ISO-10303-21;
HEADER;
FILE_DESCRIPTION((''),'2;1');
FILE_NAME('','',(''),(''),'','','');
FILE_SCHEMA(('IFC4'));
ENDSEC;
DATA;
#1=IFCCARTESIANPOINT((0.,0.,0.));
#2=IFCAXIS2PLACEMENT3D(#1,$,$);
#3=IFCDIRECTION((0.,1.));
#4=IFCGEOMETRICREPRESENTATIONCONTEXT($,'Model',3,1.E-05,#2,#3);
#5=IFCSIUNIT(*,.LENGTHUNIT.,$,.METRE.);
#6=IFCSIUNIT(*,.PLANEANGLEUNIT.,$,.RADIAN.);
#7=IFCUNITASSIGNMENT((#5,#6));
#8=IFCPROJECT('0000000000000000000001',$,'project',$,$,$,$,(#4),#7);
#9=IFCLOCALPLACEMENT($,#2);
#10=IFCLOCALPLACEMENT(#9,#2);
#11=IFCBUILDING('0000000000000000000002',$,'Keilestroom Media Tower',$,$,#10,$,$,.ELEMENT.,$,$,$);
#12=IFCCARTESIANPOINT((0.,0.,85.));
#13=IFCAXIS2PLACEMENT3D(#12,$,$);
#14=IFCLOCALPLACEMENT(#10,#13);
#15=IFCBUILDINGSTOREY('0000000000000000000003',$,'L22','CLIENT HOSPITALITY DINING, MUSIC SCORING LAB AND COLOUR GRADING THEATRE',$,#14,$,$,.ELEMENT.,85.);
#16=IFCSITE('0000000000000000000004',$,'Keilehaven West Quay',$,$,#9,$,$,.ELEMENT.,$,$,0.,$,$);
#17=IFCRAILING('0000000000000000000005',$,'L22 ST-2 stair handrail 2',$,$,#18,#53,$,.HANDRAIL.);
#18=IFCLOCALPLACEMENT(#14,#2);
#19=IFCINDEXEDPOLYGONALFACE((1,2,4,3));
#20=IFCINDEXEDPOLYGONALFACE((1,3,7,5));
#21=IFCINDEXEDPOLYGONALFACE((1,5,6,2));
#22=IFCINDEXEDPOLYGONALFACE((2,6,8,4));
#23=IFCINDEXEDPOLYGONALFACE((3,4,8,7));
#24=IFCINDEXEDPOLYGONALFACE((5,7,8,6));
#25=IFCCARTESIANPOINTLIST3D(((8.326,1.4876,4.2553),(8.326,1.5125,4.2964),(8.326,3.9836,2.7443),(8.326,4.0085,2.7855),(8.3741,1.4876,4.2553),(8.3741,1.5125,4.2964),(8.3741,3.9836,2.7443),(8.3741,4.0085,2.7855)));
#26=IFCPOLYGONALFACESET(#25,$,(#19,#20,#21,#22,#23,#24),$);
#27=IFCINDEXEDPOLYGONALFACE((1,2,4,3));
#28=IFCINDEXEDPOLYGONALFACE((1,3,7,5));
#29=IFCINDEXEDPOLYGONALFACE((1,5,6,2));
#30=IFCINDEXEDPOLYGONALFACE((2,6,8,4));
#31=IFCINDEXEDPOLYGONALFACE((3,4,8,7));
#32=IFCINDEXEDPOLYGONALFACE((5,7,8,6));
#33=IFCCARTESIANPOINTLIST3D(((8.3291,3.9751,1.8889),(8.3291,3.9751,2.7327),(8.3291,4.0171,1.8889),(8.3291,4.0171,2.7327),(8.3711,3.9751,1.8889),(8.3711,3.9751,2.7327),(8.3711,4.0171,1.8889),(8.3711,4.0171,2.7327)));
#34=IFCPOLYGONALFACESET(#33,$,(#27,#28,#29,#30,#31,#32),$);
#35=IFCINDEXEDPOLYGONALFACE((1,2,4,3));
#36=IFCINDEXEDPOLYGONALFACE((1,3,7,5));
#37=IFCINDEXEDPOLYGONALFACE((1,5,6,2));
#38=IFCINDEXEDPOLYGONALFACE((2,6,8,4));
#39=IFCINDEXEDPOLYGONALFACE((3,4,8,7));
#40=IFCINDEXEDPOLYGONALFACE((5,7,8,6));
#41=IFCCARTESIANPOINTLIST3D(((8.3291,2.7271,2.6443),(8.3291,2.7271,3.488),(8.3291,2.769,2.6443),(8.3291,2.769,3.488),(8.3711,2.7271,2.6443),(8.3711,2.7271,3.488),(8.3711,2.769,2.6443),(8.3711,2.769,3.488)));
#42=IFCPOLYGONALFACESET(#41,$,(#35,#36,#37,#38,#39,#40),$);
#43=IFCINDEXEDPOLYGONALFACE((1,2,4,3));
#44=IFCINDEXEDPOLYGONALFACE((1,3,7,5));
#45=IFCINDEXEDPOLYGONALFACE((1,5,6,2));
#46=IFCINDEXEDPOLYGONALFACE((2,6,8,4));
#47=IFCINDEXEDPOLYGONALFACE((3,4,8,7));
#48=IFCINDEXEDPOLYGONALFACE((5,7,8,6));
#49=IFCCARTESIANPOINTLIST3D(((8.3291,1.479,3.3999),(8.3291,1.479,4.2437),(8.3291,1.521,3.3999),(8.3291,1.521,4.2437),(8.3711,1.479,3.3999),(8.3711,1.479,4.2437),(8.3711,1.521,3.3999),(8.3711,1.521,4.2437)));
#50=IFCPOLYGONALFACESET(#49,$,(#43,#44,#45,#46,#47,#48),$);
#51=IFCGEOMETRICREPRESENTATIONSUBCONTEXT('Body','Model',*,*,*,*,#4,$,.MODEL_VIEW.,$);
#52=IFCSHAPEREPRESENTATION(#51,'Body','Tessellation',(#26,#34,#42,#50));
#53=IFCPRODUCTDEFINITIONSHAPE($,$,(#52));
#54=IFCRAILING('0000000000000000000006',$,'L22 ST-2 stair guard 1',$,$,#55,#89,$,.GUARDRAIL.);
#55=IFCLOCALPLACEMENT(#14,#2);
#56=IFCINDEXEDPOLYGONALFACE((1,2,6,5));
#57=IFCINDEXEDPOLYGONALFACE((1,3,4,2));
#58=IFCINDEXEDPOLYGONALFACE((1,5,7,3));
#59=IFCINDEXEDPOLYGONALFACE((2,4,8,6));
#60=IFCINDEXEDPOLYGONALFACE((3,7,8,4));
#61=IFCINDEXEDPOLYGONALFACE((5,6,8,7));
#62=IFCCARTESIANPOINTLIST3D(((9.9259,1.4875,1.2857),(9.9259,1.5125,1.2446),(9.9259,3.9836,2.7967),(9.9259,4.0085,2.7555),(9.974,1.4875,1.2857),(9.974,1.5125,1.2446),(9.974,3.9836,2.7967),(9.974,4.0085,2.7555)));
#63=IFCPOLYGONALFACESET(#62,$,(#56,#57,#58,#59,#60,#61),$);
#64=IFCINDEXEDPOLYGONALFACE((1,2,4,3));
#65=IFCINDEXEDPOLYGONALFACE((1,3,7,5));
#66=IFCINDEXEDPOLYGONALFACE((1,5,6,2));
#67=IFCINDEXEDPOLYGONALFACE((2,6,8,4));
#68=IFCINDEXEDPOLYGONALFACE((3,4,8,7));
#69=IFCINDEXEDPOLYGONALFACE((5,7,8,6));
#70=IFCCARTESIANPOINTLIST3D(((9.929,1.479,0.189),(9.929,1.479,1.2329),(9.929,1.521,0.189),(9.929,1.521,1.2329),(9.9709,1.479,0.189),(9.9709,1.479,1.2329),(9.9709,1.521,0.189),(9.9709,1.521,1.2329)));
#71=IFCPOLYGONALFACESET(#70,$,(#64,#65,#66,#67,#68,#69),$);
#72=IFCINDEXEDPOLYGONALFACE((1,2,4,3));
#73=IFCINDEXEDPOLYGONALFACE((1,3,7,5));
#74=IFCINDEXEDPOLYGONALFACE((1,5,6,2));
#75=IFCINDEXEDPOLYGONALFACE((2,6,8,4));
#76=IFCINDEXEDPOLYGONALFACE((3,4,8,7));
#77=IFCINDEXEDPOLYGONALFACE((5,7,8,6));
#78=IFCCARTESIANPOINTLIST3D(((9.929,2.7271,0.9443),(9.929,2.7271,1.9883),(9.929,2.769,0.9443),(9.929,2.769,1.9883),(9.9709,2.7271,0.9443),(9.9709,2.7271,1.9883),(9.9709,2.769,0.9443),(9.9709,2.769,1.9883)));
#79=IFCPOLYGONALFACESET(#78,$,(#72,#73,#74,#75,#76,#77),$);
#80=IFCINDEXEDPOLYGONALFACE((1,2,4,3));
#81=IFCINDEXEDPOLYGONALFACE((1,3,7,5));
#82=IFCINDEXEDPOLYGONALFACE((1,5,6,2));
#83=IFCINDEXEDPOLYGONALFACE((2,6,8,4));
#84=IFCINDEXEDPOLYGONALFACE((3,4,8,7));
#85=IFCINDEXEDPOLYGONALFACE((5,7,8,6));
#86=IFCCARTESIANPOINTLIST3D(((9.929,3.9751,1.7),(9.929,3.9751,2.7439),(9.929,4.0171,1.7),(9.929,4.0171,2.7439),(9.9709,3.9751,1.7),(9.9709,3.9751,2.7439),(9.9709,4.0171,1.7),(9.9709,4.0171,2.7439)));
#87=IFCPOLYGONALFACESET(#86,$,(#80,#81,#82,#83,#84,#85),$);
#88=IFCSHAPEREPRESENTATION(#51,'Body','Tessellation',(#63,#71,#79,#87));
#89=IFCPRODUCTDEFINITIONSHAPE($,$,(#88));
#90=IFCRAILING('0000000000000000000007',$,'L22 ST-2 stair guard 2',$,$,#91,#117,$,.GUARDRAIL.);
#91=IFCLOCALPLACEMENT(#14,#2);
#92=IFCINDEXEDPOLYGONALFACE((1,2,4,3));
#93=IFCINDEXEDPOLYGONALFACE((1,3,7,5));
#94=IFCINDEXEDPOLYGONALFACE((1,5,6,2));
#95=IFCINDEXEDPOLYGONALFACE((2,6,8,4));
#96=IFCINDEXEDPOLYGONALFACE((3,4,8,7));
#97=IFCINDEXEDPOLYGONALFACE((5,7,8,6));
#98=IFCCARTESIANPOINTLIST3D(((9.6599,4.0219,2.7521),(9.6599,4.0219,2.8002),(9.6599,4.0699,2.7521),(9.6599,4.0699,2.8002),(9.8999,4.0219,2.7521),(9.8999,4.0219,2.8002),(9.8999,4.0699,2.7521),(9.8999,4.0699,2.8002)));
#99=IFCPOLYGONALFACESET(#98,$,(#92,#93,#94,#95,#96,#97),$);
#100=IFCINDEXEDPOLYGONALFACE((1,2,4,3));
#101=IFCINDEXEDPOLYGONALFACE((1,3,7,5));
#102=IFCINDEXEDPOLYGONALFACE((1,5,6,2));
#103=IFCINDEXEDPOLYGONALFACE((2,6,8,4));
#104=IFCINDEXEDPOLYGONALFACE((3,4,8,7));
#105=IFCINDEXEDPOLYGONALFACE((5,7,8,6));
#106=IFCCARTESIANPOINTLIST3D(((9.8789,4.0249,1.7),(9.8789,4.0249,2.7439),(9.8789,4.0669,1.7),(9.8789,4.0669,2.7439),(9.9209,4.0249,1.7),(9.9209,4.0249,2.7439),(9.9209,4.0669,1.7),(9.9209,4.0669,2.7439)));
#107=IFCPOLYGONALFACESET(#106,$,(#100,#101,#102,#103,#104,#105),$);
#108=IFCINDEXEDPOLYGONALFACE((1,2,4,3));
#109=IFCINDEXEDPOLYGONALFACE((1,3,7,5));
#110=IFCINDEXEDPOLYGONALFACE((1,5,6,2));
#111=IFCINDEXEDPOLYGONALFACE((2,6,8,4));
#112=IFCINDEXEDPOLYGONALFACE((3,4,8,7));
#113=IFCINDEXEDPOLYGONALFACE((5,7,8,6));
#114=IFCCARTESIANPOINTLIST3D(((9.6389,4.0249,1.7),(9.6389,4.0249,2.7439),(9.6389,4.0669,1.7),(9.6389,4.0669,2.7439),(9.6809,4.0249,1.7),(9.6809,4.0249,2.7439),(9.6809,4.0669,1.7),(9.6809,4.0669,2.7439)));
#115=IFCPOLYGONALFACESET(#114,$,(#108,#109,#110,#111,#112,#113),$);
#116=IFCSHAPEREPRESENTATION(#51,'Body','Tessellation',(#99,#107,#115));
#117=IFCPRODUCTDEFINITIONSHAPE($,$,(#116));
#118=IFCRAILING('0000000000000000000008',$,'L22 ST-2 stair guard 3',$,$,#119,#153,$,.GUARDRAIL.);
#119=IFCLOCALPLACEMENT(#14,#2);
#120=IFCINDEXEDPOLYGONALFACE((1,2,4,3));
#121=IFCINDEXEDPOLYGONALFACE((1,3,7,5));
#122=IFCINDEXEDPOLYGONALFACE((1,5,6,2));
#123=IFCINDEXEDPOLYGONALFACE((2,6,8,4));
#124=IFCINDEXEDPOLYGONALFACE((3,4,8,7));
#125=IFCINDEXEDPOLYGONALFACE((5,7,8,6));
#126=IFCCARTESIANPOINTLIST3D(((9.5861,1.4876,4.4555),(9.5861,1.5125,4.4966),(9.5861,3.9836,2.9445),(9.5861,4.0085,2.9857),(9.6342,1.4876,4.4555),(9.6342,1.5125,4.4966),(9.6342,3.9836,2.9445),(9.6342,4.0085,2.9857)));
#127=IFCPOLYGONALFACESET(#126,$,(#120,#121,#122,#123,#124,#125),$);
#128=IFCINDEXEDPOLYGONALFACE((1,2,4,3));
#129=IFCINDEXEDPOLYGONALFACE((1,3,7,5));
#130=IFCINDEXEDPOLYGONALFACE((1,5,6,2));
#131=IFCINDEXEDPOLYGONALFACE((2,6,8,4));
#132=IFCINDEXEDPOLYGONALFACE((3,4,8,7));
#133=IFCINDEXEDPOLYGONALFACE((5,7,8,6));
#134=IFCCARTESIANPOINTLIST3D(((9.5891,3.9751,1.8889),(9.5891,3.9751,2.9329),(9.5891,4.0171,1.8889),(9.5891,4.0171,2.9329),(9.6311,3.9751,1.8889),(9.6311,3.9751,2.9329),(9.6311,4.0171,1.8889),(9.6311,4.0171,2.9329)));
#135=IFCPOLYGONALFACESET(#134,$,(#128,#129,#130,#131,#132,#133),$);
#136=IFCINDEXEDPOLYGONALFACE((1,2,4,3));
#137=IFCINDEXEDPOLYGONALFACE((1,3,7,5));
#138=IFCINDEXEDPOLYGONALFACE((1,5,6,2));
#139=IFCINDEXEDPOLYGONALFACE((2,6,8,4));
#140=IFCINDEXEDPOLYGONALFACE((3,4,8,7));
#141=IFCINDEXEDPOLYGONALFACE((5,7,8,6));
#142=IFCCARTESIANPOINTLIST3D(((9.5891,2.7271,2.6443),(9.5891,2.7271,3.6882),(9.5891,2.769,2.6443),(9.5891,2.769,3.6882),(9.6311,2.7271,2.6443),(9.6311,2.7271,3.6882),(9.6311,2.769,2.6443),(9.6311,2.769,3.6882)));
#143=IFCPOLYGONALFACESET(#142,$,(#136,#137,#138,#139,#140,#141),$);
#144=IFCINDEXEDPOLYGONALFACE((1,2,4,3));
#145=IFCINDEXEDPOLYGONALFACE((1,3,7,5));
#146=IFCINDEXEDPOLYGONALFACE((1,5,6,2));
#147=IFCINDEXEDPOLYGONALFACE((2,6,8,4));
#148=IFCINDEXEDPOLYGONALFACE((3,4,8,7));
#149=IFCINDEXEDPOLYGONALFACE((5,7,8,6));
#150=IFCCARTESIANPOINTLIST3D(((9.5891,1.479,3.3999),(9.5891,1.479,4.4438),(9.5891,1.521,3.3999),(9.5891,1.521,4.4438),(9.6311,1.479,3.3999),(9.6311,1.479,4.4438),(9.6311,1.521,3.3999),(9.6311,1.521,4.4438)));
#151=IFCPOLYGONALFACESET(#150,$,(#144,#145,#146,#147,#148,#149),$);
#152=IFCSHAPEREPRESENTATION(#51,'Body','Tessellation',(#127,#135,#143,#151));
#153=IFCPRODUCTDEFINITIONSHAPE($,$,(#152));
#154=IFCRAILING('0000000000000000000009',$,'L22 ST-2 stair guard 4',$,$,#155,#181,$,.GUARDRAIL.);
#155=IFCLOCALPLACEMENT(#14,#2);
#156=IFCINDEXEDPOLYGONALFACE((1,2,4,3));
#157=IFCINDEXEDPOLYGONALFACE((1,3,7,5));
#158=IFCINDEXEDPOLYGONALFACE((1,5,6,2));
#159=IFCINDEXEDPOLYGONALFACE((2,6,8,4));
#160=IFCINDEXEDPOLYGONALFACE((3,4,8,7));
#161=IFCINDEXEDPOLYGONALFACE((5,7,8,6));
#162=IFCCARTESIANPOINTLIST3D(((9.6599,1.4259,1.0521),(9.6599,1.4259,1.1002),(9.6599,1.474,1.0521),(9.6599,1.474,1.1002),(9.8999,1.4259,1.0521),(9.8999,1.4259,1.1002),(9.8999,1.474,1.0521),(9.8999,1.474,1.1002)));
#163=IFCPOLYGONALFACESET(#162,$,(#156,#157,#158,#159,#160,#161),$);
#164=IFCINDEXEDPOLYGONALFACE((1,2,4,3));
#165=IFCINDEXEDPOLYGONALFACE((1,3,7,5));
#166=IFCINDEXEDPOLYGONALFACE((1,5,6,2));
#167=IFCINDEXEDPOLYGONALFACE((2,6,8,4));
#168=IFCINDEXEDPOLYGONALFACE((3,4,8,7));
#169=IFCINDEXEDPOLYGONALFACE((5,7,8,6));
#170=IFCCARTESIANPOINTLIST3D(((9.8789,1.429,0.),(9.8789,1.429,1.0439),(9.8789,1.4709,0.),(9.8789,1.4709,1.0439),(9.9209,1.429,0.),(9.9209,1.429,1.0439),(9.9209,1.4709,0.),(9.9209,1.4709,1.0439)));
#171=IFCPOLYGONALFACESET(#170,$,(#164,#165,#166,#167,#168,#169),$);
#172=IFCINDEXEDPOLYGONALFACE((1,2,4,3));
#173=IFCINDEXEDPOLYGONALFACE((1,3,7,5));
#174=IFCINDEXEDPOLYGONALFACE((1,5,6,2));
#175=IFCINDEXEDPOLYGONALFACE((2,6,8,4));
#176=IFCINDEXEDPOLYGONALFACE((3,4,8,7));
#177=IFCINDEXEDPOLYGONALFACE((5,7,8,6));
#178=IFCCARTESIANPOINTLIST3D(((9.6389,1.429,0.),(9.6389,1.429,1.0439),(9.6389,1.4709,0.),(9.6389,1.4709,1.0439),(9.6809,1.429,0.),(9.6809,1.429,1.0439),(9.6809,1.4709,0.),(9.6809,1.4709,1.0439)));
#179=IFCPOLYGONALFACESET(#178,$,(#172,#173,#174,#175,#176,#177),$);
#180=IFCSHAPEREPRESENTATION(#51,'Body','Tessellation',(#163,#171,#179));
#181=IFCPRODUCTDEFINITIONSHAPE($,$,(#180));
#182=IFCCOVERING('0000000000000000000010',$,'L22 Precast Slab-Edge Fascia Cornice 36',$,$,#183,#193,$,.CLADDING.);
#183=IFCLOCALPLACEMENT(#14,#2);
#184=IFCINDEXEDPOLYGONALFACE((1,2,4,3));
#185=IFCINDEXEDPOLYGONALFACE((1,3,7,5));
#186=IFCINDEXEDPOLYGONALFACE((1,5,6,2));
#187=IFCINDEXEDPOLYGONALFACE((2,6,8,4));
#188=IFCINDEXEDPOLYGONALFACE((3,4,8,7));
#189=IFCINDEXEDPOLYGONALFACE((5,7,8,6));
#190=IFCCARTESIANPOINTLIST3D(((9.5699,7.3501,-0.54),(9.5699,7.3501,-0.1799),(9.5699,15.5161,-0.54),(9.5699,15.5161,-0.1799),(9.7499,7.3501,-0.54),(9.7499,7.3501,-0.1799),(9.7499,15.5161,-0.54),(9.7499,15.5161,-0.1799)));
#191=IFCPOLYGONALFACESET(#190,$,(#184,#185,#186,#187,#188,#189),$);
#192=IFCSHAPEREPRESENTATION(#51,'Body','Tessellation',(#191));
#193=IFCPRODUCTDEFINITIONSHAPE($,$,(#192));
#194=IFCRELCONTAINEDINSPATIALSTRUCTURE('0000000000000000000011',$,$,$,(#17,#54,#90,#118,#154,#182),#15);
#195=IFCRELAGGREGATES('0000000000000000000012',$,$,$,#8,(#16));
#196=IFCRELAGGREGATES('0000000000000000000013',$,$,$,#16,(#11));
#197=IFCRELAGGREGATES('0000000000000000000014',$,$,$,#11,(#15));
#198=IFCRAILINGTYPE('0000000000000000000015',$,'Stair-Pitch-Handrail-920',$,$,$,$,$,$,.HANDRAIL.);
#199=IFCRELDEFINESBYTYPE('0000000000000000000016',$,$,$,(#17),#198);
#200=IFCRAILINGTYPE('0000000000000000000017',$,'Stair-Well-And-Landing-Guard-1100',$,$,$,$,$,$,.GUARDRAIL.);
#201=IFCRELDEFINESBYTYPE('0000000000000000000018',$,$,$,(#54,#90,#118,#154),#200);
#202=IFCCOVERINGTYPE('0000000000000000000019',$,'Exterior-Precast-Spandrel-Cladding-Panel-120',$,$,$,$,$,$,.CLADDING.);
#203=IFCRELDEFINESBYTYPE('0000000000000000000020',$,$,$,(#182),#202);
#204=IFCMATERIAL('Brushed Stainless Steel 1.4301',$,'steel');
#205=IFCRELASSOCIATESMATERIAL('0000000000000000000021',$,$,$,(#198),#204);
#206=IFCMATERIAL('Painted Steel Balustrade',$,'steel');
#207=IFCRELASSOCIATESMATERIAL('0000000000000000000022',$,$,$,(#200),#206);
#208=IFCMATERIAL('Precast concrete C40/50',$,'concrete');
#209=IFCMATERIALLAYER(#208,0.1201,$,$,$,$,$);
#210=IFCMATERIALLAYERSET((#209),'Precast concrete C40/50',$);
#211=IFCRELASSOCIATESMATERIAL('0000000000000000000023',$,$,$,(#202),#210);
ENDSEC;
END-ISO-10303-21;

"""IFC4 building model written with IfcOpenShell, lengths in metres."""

from ifc_helpers import new_model, si_unit, direction, frame, origin, origin_2d, place, context, subcontext, project, spatial, rectangle, extrude, source, transform, mapped, material, layer, layer_set, type_object, element, save


model = new_model("IFC4")

# Units and contexts
model_context = context("Model", 3, precision=1e-05, world=origin(), true_north=direction((0.0, 1.0)))
body_context = subcontext(model_context, "Body", "Model", "MODEL_VIEW")
ifc_project = project(units=[si_unit("LENGTHUNIT", "METRE"), si_unit("PLANEANGLEUNIT", "RADIAN")], contexts=[model_context])

# Site, building, storey
site_placement = place(None, origin())
site = spatial("IfcSite", under=ifc_project, at=site_placement, Name="Keilehaven West Quay", CompositionType="ELEMENT", RefElevation=0.0)
building_placement = place(site_placement, origin())
building = spatial("IfcBuilding", under=site, at=building_placement, Name="Keilestroom Media Tower", CompositionType="ELEMENT")
storey_placement = place(building_placement, frame((0.0, 0.0, 85.0)))
storey = spatial("IfcBuildingStorey", under=building, at=storey_placement, Name="L22", Description="CLIENT HOSPITALITY DINING, MUSIC SCORING LAB AND COLOUR GRADING THEATRE", CompositionType="ELEMENT", Elevation=85.0)

# Shared definitions
ifc_material_1 = material(Name="Precast concrete C40/50", Category="concrete")

# Railings
ifc_material_2 = material(Name="Brushed Stainless Steel 1.4301", Category="steel")
railing_type_1 = type_object("IfcRailingType", Name="Stair-Pitch-Handrail-920", PredefinedType="HANDRAIL", material=ifc_material_2)
railing_1_placement = place(storey_placement, frame((8.3501, 3.9961, 1.8889)))
element("IfcRailing", 1, at=railing_1_placement, inside=storey, type_object=railing_type_1, Name="L22 ST-2 stair handrail 2", PredefinedType="HANDRAIL", context=body_context, shape_type="SweptSolid", body=[
    extrude(rectangle(XDim=0.0481, YDim=0.0481, at=origin_2d()), frame((0.0, 0.0, 0.876), z_axis=(0.0, -0.855471, 0.517851), x_axis=(1.0, 0.0, 0.0)), (0.0, 0.0, 1.0), 2.9177),
    extrude(rectangle(XDim=0.042, YDim=0.042, at=origin_2d()), origin(), (0.0, 0.0, 1.0), 0.8438),
    extrude(rectangle(XDim=0.042, YDim=0.042, at=origin_2d()), frame((0.0, -1.248, 0.7554)), (0.0, 0.0, 1.0), 0.8438),
    extrude(rectangle(XDim=0.042, YDim=0.042, at=origin_2d()), frame((0.0, -2.4961, 1.511)), (0.0, 0.0, 1.0), 0.8438),
])
ifc_material_3 = material(Name="Painted Steel Balustrade", Category="steel")
railing_type_2 = type_object("IfcRailingType", Name="Stair-Well-And-Landing-Guard-1100", PredefinedType="GUARDRAIL", material=ifc_material_3)
railing_2_placement = place(storey_placement, frame((9.95, 1.5, 0.189)))
element("IfcRailing", 2, at=railing_2_placement, inside=storey, type_object=railing_type_2, Name="L22 ST-2 stair guard 1", PredefinedType="GUARDRAIL", context=body_context, shape_type="SweptSolid", body=[
    extrude(rectangle(XDim=0.0481, YDim=0.0481, at=origin_2d()), frame((0.0, 0.0, 1.0762), z_axis=(0.0, 0.855471, 0.517851), x_axis=(-1.0, 0.0, 0.0)), (0.0, 0.0, 1.0), 2.9177),
    extrude(rectangle(XDim=0.042, YDim=0.042, at=origin_2d()), origin(), (0.0, 0.0, 1.0), 1.0439),
    extrude(rectangle(XDim=0.042, YDim=0.042, at=origin_2d()), frame((0.0, 1.248, 0.7554)), (0.0, 0.0, 1.0), 1.0439),
    extrude(rectangle(XDim=0.042, YDim=0.042, at=origin_2d()), frame((0.0, 2.4961, 1.511)), (0.0, 0.0, 1.0), 1.0439),
])
railing_3_placement = place(storey_placement, frame((9.8999, 4.0459, 1.7)))
element("IfcRailing", 3, at=railing_3_placement, inside=storey, type_object=railing_type_2, Name="L22 ST-2 stair guard 2", PredefinedType="GUARDRAIL", context=body_context, shape_type="SweptSolid", body=[
    extrude(rectangle(XDim=0.0481, YDim=0.0481, at=origin_2d()), frame((0.0, 0.0, 1.0762), z_axis=(-1.0, 0.0, 0.0), x_axis=(0.0, -1.0, 0.0)), (0.0, 0.0, 1.0), 0.24),
    extrude(rectangle(XDim=0.042, YDim=0.042, at=origin_2d()), origin(), (0.0, 0.0, 1.0), 1.0439),
    extrude(rectangle(XDim=0.042, YDim=0.042, at=origin_2d()), frame((-0.24, 0.0, 0.0)), (0.0, 0.0, 1.0), 1.0439),
])
railing_4_placement = place(storey_placement, frame((9.6101, 3.9961, 1.8889)))
element("IfcRailing", 4, at=railing_4_placement, inside=storey, type_object=railing_type_2, Name="L22 ST-2 stair guard 3", PredefinedType="GUARDRAIL", context=body_context, shape_type="SweptSolid", body=[
    extrude(rectangle(XDim=0.0481, YDim=0.0481, at=origin_2d()), frame((0.0, 0.0, 1.0762), z_axis=(0.0, -0.855471, 0.517851), x_axis=(1.0, 0.0, 0.0)), (0.0, 0.0, 1.0), 2.9177),
    extrude(rectangle(XDim=0.042, YDim=0.042, at=origin_2d()), origin(), (0.0, 0.0, 1.0), 1.0439),
    extrude(rectangle(XDim=0.042, YDim=0.042, at=origin_2d()), frame((0.0, -1.248, 0.7554)), (0.0, 0.0, 1.0), 1.0439),
    extrude(rectangle(XDim=0.042, YDim=0.042, at=origin_2d()), frame((0.0, -2.4961, 1.511)), (0.0, 0.0, 1.0), 1.0439),
])
railing_5_placement = place(storey_placement, frame((9.8999, 1.45, 0.0)))
element("IfcRailing", 5, at=railing_5_placement, inside=storey, type_object=railing_type_2, Name="L22 ST-2 stair guard 4", PredefinedType="GUARDRAIL", context=body_context, shape_type="SweptSolid", body=[
    extrude(rectangle(XDim=0.0481, YDim=0.0481, at=origin_2d()), frame((0.0, 0.0, 1.0762), z_axis=(-1.0, 0.0, 0.0), x_axis=(0.0, -1.0, 0.0)), (0.0, 0.0, 1.0), 0.24),
    extrude(rectangle(XDim=0.042, YDim=0.042, at=origin_2d()), origin(), (0.0, 0.0, 1.0), 1.0439),
    extrude(rectangle(XDim=0.042, YDim=0.042, at=origin_2d()), frame((-0.24, 0.0, 0.0)), (0.0, 0.0, 1.0), 1.0439),
])

# Covering
ifc_layer_1 = layer(ifc_material_1, 0.1201)
ifc_layer_set_1 = layer_set([ifc_layer_1], Name="Precast concrete C40/50")
covering_type = type_object("IfcCoveringType", Name="Exterior-Precast-Spandrel-Cladding-Panel-120", PredefinedType="CLADDING", material=ifc_layer_set_1)
shared_shape_1 = source(origin(), body_context, "Body", "SweptSolid", [
    extrude(rectangle(XDim=8.166, YDim=0.1799, at=origin_2d()), origin(), (0.0, 0.0, 1.0), 0.3601),
])
covering_placement = place(storey_placement, frame((9.6599, 11.4331, -0.54), z_axis=(0.0, 0.0, 1.0), x_axis=(0.0, -1.0, 0.0)))
element("IfcCovering", 6, at=covering_placement, inside=storey, type_object=covering_type, Name="L22 Precast Slab-Edge Fascia Cornice 36", PredefinedType="CLADDING", context=body_context, shape_type="MappedRepresentation", body=[
    mapped(shared_shape_1, transform((0.0, 0.0, 0.0), x_axis=(1.0, 0.0, 0.0), y_axis=(0.0, 1.0, 0.0), z_axis=(0.0, 0.0, 1.0), scale=1.0)),
])

save(model, "model.ifc")
